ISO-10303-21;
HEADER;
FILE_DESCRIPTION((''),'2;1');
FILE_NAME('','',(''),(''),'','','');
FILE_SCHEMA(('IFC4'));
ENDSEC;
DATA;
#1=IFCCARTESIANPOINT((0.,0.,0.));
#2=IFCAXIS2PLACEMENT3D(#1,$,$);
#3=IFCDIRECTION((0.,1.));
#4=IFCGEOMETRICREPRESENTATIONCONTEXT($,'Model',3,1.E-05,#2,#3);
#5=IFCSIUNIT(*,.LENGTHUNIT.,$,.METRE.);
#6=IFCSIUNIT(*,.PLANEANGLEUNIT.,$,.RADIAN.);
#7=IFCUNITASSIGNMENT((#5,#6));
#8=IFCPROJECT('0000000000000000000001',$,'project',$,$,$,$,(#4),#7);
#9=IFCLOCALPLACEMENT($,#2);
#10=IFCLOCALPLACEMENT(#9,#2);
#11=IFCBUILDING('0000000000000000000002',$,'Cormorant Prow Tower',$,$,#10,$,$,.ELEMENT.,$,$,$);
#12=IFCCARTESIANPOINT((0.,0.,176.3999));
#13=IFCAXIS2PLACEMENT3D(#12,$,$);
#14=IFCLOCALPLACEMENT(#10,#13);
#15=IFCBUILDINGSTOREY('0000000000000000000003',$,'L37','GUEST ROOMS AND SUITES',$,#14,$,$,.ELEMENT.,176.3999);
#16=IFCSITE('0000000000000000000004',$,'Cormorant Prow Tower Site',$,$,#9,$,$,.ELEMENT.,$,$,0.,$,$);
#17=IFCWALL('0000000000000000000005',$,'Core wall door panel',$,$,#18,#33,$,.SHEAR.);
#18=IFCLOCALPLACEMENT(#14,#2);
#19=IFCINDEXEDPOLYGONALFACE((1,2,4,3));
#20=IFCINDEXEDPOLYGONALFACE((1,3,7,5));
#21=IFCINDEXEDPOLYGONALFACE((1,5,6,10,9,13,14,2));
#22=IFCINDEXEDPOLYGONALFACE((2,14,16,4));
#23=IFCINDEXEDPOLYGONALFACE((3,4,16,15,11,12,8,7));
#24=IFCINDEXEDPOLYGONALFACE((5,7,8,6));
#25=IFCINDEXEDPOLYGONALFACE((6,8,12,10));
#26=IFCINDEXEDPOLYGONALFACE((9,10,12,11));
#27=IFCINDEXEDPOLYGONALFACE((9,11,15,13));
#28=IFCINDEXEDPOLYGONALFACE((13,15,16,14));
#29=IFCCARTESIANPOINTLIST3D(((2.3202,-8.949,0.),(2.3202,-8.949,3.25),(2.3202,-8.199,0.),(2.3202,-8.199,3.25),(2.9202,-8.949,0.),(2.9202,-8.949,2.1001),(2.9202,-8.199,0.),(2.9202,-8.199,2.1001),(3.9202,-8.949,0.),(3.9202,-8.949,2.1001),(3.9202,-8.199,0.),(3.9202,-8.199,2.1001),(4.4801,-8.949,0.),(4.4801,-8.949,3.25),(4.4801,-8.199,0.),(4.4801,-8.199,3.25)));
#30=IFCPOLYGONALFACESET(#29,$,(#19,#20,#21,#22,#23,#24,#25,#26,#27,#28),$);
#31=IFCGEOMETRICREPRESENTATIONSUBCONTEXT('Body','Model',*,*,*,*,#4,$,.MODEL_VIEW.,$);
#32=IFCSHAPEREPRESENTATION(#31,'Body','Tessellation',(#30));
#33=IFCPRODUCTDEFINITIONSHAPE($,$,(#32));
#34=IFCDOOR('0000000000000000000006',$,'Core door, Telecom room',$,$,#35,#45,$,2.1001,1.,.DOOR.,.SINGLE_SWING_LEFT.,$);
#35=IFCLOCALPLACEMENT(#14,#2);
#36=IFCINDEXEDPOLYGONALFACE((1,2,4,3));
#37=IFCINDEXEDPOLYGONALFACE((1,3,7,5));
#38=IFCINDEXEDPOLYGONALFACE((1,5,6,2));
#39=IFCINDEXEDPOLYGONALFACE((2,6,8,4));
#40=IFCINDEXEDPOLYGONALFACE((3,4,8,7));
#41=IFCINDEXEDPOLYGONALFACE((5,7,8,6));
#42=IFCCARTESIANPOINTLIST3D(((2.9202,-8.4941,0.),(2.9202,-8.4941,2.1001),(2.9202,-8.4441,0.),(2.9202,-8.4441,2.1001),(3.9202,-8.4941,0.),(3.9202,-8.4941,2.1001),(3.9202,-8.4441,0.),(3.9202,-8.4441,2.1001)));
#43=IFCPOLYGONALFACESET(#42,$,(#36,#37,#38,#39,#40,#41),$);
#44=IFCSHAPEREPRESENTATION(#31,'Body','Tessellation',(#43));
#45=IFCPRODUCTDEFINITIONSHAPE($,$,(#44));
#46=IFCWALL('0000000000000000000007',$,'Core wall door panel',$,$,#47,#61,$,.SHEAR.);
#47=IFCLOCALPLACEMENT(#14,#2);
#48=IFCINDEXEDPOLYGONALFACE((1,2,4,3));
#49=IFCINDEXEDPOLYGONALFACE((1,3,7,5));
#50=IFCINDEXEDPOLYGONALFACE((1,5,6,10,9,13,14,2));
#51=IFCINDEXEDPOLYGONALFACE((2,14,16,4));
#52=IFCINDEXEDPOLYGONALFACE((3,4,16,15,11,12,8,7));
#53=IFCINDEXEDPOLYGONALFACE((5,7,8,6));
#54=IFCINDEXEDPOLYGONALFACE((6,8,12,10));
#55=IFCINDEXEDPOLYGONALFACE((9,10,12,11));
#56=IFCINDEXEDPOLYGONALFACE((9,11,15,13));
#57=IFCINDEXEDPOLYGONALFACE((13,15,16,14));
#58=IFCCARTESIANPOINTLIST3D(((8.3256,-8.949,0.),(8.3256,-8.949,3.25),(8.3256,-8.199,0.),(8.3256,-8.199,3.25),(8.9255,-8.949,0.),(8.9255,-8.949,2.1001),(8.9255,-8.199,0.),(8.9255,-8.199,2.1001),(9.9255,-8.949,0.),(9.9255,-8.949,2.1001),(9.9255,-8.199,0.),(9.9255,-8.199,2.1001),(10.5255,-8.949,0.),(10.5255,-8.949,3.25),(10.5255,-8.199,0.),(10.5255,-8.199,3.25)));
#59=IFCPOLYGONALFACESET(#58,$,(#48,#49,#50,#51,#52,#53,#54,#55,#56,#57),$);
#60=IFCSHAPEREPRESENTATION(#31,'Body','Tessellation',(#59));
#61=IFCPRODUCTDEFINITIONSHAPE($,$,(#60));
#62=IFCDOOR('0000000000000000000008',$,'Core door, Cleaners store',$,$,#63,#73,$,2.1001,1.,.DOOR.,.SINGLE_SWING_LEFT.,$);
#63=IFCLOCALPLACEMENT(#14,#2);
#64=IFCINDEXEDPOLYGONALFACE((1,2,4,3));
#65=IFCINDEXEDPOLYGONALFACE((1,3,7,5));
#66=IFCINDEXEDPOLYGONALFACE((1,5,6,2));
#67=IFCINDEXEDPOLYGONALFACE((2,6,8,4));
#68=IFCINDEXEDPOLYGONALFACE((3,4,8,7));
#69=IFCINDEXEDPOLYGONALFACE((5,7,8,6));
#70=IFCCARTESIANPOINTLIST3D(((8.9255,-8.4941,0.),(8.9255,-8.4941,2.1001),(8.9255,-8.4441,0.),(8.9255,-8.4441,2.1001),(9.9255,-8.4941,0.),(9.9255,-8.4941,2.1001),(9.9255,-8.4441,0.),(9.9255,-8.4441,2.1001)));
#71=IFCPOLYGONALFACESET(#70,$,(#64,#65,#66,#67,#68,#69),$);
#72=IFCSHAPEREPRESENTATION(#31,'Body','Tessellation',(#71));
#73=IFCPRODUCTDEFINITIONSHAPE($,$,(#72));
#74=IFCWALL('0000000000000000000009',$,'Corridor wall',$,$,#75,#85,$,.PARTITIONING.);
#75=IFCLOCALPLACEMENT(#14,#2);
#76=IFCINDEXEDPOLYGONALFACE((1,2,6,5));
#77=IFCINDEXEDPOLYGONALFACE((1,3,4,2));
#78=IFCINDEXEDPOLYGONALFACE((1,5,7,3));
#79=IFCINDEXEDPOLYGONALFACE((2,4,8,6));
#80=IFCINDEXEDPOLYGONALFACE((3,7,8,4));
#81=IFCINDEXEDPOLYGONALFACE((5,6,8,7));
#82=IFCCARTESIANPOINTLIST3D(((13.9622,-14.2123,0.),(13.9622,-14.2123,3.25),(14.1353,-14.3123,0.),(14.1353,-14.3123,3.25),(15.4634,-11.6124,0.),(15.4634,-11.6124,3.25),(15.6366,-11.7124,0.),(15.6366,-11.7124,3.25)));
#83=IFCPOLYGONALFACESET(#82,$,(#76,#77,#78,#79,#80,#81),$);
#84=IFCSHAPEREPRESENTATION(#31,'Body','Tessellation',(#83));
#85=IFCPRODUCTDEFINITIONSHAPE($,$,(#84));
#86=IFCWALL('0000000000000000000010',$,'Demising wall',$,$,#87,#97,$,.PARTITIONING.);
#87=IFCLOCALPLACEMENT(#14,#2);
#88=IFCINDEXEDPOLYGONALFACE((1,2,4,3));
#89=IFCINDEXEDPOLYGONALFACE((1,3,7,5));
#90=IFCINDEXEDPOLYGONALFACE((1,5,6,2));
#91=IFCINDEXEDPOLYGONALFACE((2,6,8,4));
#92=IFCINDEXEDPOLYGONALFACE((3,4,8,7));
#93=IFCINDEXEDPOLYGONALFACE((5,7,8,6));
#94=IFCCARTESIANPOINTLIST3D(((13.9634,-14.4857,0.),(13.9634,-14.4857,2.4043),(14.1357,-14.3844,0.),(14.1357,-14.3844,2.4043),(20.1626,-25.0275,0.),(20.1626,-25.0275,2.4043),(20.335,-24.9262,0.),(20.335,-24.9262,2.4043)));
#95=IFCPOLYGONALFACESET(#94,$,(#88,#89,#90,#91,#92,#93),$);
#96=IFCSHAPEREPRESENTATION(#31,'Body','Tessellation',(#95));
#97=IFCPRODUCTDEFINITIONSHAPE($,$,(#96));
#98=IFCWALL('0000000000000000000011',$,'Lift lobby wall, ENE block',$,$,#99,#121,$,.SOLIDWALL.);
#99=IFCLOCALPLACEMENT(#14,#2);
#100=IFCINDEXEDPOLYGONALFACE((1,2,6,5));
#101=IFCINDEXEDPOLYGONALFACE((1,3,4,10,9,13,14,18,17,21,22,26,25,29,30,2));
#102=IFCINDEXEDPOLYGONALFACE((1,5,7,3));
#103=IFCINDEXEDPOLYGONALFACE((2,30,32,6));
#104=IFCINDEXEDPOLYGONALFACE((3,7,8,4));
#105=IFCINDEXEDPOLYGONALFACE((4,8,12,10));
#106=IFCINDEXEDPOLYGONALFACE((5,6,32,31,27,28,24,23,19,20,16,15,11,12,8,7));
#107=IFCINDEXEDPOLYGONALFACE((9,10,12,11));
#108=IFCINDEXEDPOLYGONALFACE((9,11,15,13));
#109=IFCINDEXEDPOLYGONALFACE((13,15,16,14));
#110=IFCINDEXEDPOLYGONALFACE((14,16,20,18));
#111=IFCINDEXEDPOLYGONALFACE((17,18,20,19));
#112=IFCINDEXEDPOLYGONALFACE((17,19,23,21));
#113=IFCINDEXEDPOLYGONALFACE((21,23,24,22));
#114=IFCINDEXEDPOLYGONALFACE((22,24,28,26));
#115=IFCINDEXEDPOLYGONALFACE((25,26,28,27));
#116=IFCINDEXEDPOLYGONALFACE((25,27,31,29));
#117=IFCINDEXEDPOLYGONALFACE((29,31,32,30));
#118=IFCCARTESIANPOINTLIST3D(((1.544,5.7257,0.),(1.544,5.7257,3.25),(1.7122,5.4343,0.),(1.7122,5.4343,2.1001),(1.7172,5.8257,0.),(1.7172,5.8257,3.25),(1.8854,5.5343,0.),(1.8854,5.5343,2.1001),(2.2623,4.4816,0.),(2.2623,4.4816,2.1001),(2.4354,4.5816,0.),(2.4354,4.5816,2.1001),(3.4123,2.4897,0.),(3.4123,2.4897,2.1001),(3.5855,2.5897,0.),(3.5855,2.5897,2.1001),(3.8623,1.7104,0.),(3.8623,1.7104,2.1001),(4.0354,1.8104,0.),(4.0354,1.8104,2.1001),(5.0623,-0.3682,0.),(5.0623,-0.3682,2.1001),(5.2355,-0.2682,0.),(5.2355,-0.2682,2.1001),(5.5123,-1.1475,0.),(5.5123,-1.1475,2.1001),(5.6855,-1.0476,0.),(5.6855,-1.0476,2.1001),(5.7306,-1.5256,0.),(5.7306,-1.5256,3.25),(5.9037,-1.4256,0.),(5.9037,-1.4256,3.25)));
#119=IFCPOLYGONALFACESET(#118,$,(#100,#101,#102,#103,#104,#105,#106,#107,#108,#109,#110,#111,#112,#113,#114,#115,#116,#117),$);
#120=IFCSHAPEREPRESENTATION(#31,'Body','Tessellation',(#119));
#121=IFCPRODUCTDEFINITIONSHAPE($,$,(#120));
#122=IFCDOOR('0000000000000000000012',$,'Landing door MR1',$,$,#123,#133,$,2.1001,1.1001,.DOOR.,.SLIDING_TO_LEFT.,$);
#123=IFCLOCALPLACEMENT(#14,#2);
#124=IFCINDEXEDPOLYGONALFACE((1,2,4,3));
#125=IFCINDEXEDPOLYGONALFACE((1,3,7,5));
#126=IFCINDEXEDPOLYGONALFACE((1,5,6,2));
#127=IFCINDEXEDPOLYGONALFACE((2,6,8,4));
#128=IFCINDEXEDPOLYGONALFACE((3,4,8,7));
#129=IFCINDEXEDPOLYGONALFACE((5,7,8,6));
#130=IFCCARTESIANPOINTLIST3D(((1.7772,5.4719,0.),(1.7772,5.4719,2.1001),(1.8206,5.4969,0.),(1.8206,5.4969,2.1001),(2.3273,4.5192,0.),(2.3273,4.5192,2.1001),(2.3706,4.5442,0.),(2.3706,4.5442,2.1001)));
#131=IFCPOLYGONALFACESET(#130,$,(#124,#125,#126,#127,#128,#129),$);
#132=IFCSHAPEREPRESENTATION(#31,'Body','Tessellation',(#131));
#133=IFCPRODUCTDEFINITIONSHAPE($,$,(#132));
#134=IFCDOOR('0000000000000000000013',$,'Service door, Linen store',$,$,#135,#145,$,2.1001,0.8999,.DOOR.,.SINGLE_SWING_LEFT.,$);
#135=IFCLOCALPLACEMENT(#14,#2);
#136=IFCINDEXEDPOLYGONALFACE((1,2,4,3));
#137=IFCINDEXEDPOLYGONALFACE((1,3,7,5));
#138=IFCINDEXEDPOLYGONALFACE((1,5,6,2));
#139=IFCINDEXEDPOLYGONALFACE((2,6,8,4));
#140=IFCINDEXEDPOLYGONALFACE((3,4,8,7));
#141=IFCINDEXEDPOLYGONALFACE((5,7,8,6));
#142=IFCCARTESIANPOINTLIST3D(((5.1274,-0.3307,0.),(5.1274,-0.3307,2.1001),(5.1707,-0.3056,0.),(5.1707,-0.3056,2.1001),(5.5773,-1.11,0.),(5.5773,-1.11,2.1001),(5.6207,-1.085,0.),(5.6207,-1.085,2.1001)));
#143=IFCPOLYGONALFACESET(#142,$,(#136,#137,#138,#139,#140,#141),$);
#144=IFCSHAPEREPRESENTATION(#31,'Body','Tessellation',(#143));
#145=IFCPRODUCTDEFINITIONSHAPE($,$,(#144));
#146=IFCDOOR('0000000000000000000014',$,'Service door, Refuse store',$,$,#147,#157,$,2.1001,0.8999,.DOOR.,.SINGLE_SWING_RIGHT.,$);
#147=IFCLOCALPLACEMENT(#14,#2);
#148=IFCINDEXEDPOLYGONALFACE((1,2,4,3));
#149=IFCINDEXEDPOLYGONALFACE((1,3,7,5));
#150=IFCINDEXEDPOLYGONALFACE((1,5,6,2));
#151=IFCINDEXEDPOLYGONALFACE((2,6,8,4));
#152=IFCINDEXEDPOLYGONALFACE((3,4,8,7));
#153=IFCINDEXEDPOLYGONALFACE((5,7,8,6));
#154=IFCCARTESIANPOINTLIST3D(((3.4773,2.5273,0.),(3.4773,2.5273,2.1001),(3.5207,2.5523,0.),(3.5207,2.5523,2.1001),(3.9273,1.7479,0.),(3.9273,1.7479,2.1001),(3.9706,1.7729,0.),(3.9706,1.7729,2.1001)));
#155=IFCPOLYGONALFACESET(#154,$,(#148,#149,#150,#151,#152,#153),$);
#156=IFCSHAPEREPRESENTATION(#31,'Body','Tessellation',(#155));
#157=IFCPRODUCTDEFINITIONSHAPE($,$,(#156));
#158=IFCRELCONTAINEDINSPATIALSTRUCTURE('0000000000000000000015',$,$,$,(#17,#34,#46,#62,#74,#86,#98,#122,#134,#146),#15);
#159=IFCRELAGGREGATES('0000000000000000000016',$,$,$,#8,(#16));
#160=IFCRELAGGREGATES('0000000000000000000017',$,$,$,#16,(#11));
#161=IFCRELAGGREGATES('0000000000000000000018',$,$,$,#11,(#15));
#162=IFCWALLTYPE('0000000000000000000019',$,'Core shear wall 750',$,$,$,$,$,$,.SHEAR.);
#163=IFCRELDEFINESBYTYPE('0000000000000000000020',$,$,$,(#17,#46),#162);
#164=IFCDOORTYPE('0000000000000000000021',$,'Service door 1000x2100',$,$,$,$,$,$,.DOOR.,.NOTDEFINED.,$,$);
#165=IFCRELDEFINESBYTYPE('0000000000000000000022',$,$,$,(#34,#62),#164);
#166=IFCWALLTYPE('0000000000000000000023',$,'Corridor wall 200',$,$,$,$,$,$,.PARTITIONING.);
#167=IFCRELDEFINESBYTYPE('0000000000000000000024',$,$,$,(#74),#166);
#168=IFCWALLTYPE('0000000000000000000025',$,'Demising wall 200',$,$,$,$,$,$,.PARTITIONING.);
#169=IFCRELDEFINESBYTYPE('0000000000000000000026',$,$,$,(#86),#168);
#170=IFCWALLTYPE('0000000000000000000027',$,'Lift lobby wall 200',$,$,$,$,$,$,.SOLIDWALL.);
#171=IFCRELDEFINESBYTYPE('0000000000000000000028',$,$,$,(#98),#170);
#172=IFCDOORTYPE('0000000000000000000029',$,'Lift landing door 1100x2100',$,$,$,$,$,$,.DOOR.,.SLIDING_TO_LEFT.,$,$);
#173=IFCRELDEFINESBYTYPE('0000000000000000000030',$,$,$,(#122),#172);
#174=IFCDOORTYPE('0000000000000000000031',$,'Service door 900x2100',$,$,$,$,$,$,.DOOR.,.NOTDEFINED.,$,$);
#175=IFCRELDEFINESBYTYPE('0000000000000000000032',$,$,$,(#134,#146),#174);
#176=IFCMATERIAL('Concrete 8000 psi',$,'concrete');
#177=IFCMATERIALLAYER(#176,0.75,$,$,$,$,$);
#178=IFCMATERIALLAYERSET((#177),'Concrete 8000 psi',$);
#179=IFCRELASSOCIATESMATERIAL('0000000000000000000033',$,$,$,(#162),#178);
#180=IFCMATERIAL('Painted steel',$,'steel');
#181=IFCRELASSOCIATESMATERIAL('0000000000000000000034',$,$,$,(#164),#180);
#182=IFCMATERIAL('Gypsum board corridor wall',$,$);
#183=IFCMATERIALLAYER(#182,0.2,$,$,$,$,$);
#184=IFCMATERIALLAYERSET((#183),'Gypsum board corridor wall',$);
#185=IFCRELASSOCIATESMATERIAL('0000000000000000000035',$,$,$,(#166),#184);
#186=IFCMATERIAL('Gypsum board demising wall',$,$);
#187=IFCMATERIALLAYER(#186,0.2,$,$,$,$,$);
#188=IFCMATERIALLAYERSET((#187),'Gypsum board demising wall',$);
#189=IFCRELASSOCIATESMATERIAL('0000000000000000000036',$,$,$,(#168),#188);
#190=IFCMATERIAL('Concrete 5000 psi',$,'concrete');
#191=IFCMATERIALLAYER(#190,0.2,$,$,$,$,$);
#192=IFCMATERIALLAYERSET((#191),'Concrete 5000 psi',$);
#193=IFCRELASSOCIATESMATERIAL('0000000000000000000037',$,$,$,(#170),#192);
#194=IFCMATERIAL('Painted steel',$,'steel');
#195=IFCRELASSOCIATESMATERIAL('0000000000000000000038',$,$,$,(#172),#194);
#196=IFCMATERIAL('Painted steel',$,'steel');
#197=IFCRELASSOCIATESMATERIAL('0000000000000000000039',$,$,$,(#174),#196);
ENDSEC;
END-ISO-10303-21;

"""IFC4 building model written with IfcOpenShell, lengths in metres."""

from ifc_helpers import new_model, si_unit, direction, frame, frame_2d, origin, place, context, subcontext, project, spatial, rectangle, extrude, material, layer, layer_set, type_object, element, fill, save


model = new_model("IFC4")

# Units and contexts
model_context = context("Model", 3, precision=1e-05, world=origin(), true_north=direction((0.0, 1.0)))
body_context = subcontext(model_context, "Body", "Model", "MODEL_VIEW")
ifc_project = project(units=[si_unit("LENGTHUNIT", "METRE"), si_unit("PLANEANGLEUNIT", "RADIAN")], contexts=[model_context])

# Site, building, storey
site_placement = place(None, origin())
site = spatial("IfcSite", under=ifc_project, at=site_placement, Name="Cormorant Prow Tower Site", CompositionType="ELEMENT", RefElevation=0.0)
building_placement = place(site_placement, origin())
building = spatial("IfcBuilding", under=site, at=building_placement, Name="Cormorant Prow Tower", CompositionType="ELEMENT")
storey_placement = place(building_placement, frame((0.0, 0.0, 176.3999)))
storey = spatial("IfcBuildingStorey", under=building, at=storey_placement, Name="L37", Description="GUEST ROOMS AND SUITES", CompositionType="ELEMENT", Elevation=176.3999)

# Shared definitions
ifc_material_1 = material(Name="Concrete 8000 psi", Category="concrete")
ifc_layer_1 = layer(ifc_material_1, 0.75)
ifc_layer_set_1 = layer_set([ifc_layer_1], Name="Concrete 8000 psi")
wall_type_1 = type_object("IfcWallType", Name="Core shear wall 750", PredefinedType="SHEAR", material=ifc_layer_set_1)

# Walls, openings, doors
wall_1_placement = place(storey_placement, frame((2.3201, -8.574, 0.0), z_axis=(0.0, 0.0, 1.0), x_axis=(1.0, 0.0, 0.0)))
wall_1 = element("IfcWall", 1, at=wall_1_placement, inside=storey, type_object=wall_type_1, Name="Core wall door panel", PredefinedType="SHEAR", context=body_context, shape_type="SweptSolid", body=[
    extrude(rectangle(XDim=2.1599, YDim=0.75, at=frame_2d((1.0801, 0.0))), origin(), (0.0, 0.0, 1.0), 3.25),
])
opening_1_placement = place(wall_1_placement, frame((0.6001, 0.0, 0.0)))
opening_1 = element("IfcOpeningElement", 2, at=opening_1_placement, cuts=wall_1, PredefinedType="OPENING", context=body_context, shape_type="SweptSolid", body=[
    extrude(rectangle(XDim=1.0, YDim=2.1001, at=frame_2d((0.5, 1.05))), frame((0.0, 0.385, 0.0), z_axis=(0.0, -1.0, 0.0), x_axis=(1.0, 0.0, 0.0)), (0.0, 0.0, 1.0), 0.77),
])
ifc_material_2 = material(Name="Painted steel", Category="steel")
door_type_1 = type_object("IfcDoorType", Name="Service door 1000x2100", OperationType="NOTDEFINED", PredefinedType="DOOR", material=ifc_material_2)
door_1_placement = place(opening_1_placement, origin())
door_1 = element("IfcDoor", 3, at=door_1_placement, inside=storey, type_object=door_type_1, Name="Core door, Telecom room", OperationType="SINGLE_SWING_LEFT", OverallHeight=2.1001, OverallWidth=1.0, PredefinedType="DOOR", context=body_context, shape_type="SweptSolid", body=[
    extrude(rectangle(XDim=1.0, YDim=2.1001, at=frame_2d((0.5, 1.05))), frame((0.0, 0.1299, 0.0), z_axis=(0.0, -1.0, 0.0), x_axis=(1.0, 0.0, 0.0)), (0.0, 0.0, 1.0), 0.05),
])
fill(opening_1, door_1)
wall_2_placement = place(storey_placement, frame((8.3254, -8.574, 0.0), z_axis=(0.0, 0.0, 1.0), x_axis=(1.0, 0.0, 0.0)))
wall_2 = element("IfcWall", 4, at=wall_2_placement, inside=storey, type_object=wall_type_1, Name="Core wall door panel", PredefinedType="SHEAR", context=body_context, shape_type="SweptSolid", body=[
    extrude(rectangle(XDim=2.2, YDim=0.75, at=frame_2d((1.1001, 0.0))), origin(), (0.0, 0.0, 1.0), 3.25),
])
opening_2_placement = place(wall_2_placement, frame((0.6001, 0.0, 0.0)))
opening_2 = element("IfcOpeningElement", 5, at=opening_2_placement, cuts=wall_2, PredefinedType="OPENING", context=body_context, shape_type="SweptSolid", body=[
    extrude(rectangle(XDim=1.0, YDim=2.1001, at=frame_2d((0.5, 1.05))), frame((0.0, 0.385, 0.0), z_axis=(0.0, -1.0, 0.0), x_axis=(1.0, 0.0, 0.0)), (0.0, 0.0, 1.0), 0.77),
])
door_2_placement = place(opening_2_placement, origin())
door_2 = element("IfcDoor", 6, at=door_2_placement, inside=storey, type_object=door_type_1, Name="Core door, Cleaners store", OperationType="SINGLE_SWING_LEFT", OverallHeight=2.1001, OverallWidth=1.0, PredefinedType="DOOR", context=body_context, shape_type="SweptSolid", body=[
    extrude(rectangle(XDim=1.0, YDim=2.1001, at=frame_2d((0.5, 1.05))), frame((0.0, 0.1299, 0.0), z_axis=(0.0, -1.0, 0.0), x_axis=(1.0, 0.0, 0.0)), (0.0, 0.0, 1.0), 0.05),
])
fill(opening_2, door_2)

# Walls
ifc_material_3 = material(Name="Gypsum board corridor wall")
ifc_layer_2 = layer(ifc_material_3, 0.2)
ifc_layer_set_2 = layer_set([ifc_layer_2], Name="Gypsum board corridor wall")
wall_type_2 = type_object("IfcWallType", Name="Corridor wall 200", PredefinedType="PARTITIONING", material=ifc_layer_set_2)
wall_3_placement = place(storey_placement, frame((14.0488, -14.2622, 0.0), z_axis=(0.0, 0.0, 1.0), x_axis=(0.500049, 0.865997, 0.0)))
element("IfcWall", 7, at=wall_3_placement, inside=storey, type_object=wall_type_2, Name="Corridor wall", PredefinedType="PARTITIONING", context=body_context, shape_type="SweptSolid", body=[
    extrude(rectangle(XDim=3.0022, YDim=0.2, at=frame_2d((1.501, 0.0))), origin(), (0.0, 0.0, 1.0), 3.25),
])
ifc_material_4 = material(Name="Gypsum board demising wall")
ifc_layer_3 = layer(ifc_material_4, 0.2)
ifc_layer_set_3 = layer_set([ifc_layer_3], Name="Gypsum board demising wall")
wall_type_3 = type_object("IfcWallType", Name="Demising wall 200", PredefinedType="PARTITIONING", material=ifc_layer_set_3)
wall_4_placement = place(storey_placement, frame((14.0496, -14.4351, 0.0), z_axis=(0.0, 0.0, 1.0), x_axis=(0.50691, -0.861999, 0.0)))
element("IfcWall", 8, at=wall_4_placement, inside=storey, type_object=wall_type_3, Name="Demising wall", PredefinedType="PARTITIONING", context=body_context, shape_type="SweptSolid", body=[
    extrude(rectangle(XDim=12.2295, YDim=0.2, at=frame_2d((6.1147, 0.0))), origin(), (0.0, 0.0, 1.0), 2.4043),
])

# Wall, openings, doors
ifc_material_5 = material(Name="Concrete 5000 psi", Category="concrete")
ifc_layer_4 = layer(ifc_material_5, 0.2)
ifc_layer_set_4 = layer_set([ifc_layer_4], Name="Concrete 5000 psi")
wall_type_4 = type_object("IfcWallType", Name="Lift lobby wall 200", PredefinedType="SOLIDWALL", material=ifc_layer_set_4)
wall_5_placement = place(storey_placement, frame((5.8171, -1.4756, 0.0), z_axis=(0.0, 0.0, 1.0), x_axis=(-0.500003, 0.866024, 0.0)))
wall_5 = element("IfcWall", 9, at=wall_5_placement, inside=storey, type_object=wall_type_4, Name="Lift lobby wall, ENE block", PredefinedType="SOLIDWALL", context=body_context, shape_type="SweptSolid", body=[
    extrude(rectangle(XDim=8.373, YDim=0.2, at=frame_2d((4.1865, 0.0))), origin(), (0.0, 0.0, 1.0), 3.25),
])
opening_3_placement = place(wall_5_placement, frame((0.4365, 0.0, 0.0)))
opening_3 = element("IfcOpeningElement", 10, at=opening_3_placement, cuts=wall_5, PredefinedType="OPENING", context=body_context, shape_type="SweptSolid", body=[
    extrude(rectangle(XDim=0.8999, YDim=2.1001, at=frame_2d((0.45, 1.05))), frame((0.0, 0.1099, 0.0), z_axis=(0.0, -1.0, 0.0), x_axis=(1.0, 0.0, 0.0)), (0.0, 0.0, 1.0), 0.22),
])
opening_4_placement = place(wall_5_placement, frame((3.7366, 0.0, 0.0)))
opening_4 = element("IfcOpeningElement", 11, at=opening_4_placement, cuts=wall_5, PredefinedType="OPENING", context=body_context, shape_type="SweptSolid", body=[
    extrude(rectangle(XDim=0.8999, YDim=2.1001, at=frame_2d((0.45, 1.05))), frame((0.0, 0.1099, 0.0), z_axis=(0.0, -1.0, 0.0), x_axis=(1.0, 0.0, 0.0)), (0.0, 0.0, 1.0), 0.22),
])
opening_5_placement = place(wall_5_placement, frame((6.9365, 0.0, 0.0)))
opening_5 = element("IfcOpeningElement", 12, at=opening_5_placement, cuts=wall_5, PredefinedType="OPENING", context=body_context, shape_type="SweptSolid", body=[
    extrude(rectangle(XDim=1.1001, YDim=2.1001, at=frame_2d((0.55, 1.05))), frame((0.0, 0.1099, 0.0), z_axis=(0.0, -1.0, 0.0), x_axis=(1.0, 0.0, 0.0)), (0.0, 0.0, 1.0), 0.22),
])
ifc_material_6 = material(Name="Painted steel", Category="steel")
door_type_2 = type_object("IfcDoorType", Name="Lift landing door 1100x2100", OperationType="SLIDING_TO_LEFT", PredefinedType="DOOR", material=ifc_material_6)
door_3_placement = place(opening_5_placement, origin())
door_3 = element("IfcDoor", 13, at=door_3_placement, inside=storey, type_object=door_type_2, Name="Landing door MR1", OperationType="SLIDING_TO_LEFT", OverallHeight=2.1001, OverallWidth=1.1001, PredefinedType="DOOR", context=body_context, shape_type="SweptSolid", body=[
    extrude(rectangle(XDim=1.1001, YDim=2.1001, at=frame_2d((0.55, 1.05))), frame((0.0, 0.0249, 0.0), z_axis=(0.0, -1.0, 0.0), x_axis=(1.0, 0.0, 0.0)), (0.0, 0.0, 1.0), 0.05),
])
fill(opening_5, door_3)
ifc_material_7 = material(Name="Painted steel", Category="steel")
door_type_3 = type_object("IfcDoorType", Name="Service door 900x2100", OperationType="NOTDEFINED", PredefinedType="DOOR", material=ifc_material_7)
door_4_placement = place(opening_3_placement, origin())
door_4 = element("IfcDoor", 14, at=door_4_placement, inside=storey, type_object=door_type_3, Name="Service door, Linen store", OperationType="SINGLE_SWING_LEFT", OverallHeight=2.1001, OverallWidth=0.8999, PredefinedType="DOOR", context=body_context, shape_type="SweptSolid", body=[
    extrude(rectangle(XDim=0.8999, YDim=2.1001, at=frame_2d((0.45, 1.05))), frame((0.0, 0.0249, 0.0), z_axis=(0.0, -1.0, 0.0), x_axis=(1.0, 0.0, 0.0)), (0.0, 0.0, 1.0), 0.05),
])
fill(opening_3, door_4)
door_5_placement = place(opening_4_placement, origin())
door_5 = element("IfcDoor", 15, at=door_5_placement, inside=storey, type_object=door_type_3, Name="Service door, Refuse store", OperationType="SINGLE_SWING_RIGHT", OverallHeight=2.1001, OverallWidth=0.8999, PredefinedType="DOOR", context=body_context, shape_type="SweptSolid", body=[
    extrude(rectangle(XDim=0.8999, YDim=2.1001, at=frame_2d((0.45, 1.05))), frame((0.0, 0.0249, 0.0), z_axis=(0.0, -1.0, 0.0), x_axis=(1.0, 0.0, 0.0)), (0.0, 0.0, 1.0), 0.05),
])
fill(opening_4, door_5)

save(model, "model.ifc")
